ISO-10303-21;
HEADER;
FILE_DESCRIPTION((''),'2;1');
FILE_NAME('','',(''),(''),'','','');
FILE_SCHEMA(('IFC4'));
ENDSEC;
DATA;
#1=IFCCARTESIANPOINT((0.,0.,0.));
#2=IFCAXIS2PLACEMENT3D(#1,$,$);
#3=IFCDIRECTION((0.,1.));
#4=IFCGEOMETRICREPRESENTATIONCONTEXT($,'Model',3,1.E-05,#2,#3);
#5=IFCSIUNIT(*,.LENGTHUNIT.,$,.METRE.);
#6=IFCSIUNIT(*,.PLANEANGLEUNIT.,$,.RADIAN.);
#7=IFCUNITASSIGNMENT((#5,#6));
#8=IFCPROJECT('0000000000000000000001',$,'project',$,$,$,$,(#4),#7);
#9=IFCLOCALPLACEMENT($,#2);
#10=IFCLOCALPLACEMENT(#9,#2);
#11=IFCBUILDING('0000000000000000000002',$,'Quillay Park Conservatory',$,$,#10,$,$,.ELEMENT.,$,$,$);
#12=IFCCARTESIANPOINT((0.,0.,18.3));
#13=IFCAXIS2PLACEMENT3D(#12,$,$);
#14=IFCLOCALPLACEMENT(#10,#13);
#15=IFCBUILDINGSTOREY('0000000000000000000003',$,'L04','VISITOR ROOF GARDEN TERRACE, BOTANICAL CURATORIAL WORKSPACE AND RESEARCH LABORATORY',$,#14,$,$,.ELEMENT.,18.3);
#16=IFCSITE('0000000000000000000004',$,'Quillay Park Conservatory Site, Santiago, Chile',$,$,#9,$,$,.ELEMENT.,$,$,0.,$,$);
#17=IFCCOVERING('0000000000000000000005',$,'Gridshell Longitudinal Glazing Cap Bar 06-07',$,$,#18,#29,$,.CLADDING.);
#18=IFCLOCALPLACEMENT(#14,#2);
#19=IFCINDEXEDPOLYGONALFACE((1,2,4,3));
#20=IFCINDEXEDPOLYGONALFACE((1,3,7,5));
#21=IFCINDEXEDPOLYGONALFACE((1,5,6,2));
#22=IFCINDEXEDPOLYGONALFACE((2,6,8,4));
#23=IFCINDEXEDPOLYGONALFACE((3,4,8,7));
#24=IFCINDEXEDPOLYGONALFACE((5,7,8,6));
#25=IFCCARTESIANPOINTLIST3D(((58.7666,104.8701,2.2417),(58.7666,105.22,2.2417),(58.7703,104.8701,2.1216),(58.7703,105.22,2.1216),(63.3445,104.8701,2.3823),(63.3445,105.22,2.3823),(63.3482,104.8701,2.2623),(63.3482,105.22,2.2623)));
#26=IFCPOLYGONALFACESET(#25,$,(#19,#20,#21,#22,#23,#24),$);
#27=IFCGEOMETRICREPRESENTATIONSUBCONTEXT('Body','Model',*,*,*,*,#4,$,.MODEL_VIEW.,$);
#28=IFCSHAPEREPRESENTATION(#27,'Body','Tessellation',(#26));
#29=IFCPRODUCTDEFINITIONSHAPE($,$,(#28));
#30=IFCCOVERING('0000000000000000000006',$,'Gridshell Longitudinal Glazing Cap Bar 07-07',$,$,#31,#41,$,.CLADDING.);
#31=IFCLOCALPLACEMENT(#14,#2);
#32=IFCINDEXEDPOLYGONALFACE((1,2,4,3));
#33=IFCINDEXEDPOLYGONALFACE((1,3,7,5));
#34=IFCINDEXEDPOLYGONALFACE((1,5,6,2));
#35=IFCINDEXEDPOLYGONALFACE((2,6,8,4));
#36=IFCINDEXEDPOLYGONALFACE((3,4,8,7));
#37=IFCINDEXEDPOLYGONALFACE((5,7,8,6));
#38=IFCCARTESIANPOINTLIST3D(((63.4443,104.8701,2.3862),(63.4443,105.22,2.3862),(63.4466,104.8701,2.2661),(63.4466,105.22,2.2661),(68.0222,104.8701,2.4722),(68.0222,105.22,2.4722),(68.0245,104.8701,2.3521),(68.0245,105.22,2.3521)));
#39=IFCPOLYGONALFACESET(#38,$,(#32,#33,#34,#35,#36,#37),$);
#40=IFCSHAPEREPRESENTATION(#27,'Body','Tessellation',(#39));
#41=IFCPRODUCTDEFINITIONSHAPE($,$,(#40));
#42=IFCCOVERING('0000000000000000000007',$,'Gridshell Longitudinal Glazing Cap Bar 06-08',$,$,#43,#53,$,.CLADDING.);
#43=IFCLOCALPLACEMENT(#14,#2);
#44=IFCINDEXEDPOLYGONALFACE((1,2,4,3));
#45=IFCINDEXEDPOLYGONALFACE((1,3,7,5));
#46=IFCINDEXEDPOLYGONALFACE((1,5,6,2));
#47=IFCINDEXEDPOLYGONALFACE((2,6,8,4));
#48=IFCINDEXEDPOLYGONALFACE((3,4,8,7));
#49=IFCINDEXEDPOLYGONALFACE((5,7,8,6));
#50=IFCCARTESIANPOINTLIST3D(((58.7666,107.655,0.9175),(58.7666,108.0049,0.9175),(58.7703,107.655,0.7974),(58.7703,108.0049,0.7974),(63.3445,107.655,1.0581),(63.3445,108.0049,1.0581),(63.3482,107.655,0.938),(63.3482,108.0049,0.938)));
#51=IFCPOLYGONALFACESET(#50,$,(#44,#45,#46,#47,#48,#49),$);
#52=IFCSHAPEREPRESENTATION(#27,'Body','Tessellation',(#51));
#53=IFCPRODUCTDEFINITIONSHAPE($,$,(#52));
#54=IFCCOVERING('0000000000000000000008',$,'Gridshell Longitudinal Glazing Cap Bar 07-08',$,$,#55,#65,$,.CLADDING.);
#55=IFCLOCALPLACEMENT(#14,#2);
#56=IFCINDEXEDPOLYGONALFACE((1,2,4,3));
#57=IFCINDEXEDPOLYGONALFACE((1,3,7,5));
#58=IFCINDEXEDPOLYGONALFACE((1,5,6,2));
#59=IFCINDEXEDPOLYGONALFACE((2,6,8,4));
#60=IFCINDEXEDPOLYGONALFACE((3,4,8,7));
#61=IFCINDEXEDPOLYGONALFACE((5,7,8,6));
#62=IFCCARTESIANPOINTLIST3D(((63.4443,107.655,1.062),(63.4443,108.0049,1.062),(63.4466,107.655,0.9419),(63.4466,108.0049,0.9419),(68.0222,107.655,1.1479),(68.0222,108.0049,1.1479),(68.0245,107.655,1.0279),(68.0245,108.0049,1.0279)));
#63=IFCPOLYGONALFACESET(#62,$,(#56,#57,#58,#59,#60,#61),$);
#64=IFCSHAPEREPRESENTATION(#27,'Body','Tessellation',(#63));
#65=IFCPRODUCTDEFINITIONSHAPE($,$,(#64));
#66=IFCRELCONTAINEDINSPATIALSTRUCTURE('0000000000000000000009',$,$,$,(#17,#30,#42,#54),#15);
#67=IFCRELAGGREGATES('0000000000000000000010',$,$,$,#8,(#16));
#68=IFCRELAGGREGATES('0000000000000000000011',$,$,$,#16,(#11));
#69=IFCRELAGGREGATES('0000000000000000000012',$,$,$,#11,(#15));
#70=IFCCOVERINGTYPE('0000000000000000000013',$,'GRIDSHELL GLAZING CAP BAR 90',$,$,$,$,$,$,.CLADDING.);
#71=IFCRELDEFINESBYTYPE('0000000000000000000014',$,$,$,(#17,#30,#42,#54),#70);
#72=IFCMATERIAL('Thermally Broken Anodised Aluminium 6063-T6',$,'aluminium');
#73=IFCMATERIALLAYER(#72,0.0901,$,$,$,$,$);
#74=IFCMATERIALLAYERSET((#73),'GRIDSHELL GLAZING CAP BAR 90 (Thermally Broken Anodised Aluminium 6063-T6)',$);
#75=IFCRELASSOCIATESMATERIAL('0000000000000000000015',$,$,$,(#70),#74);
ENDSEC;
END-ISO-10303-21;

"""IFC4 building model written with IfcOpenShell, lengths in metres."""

from ifc_helpers import new_model, si_unit, direction, frame, origin, place, context, subcontext, project, spatial, polyline, outline, extrude, material, layer, layer_set, type_object, element, save


model = new_model("IFC4")

# Units and contexts
model_context = context("Model", 3, precision=1e-05, world=origin(), true_north=direction((0.0, 1.0)))
body_context = subcontext(model_context, "Body", "Model", "MODEL_VIEW")
ifc_project = project(units=[si_unit("LENGTHUNIT", "METRE"), si_unit("PLANEANGLEUNIT", "RADIAN")], contexts=[model_context])

# Site, building, storey
site_placement = place(None, origin())
site = spatial("IfcSite", under=ifc_project, at=site_placement, Name="Quillay Park Conservatory Site, Santiago, Chile", CompositionType="ELEMENT", RefElevation=0.0)
building_placement = place(site_placement, origin())
building = spatial("IfcBuilding", under=site, at=building_placement, Name="Quillay Park Conservatory", CompositionType="ELEMENT")
storey_placement = place(building_placement, frame((0.0, 0.0, 18.3)))
storey = spatial("IfcBuildingStorey", under=building, at=storey_placement, Name="L04", Description="VISITOR ROOF GARDEN TERRACE, BOTANICAL CURATORIAL WORKSPACE AND RESEARCH LABORATORY", CompositionType="ELEMENT", Elevation=18.3)

# Coverings
ifc_material_1 = material(Name="Thermally Broken Anodised Aluminium 6063-T6", Category="aluminium")
ifc_layer_1 = layer(ifc_material_1, 0.0901)
ifc_layer_set_1 = layer_set([ifc_layer_1], Name="GRIDSHELL GLAZING CAP BAR 90 (Thermally Broken Anodised Aluminium 6063-T6)")
covering_type = type_object("IfcCoveringType", Name="GRIDSHELL GLAZING CAP BAR 90", PredefinedType="CLADDING", material=ifc_layer_set_1)
covering_1_placement = place(storey_placement, frame((58.7666, 104.8701, 2.2417), z_axis=(-0.030704, 0.0, 0.999529), x_axis=(0.999529, 0.0, 0.030704)))
element("IfcCovering", 1, at=covering_1_placement, inside=storey, type_object=covering_type, Name="Gridshell Longitudinal Glazing Cap Bar 06-07", PredefinedType="CLADDING", context=body_context, shape_type="SweptSolid", body=[
    extrude(outline(polyline([(0.0, 0.0), (4.58, 0.0), (4.58, 0.3499), (0.0, 0.3499), (0.0, 0.0)])), origin(), (0.0, 0.0, -1.0), 0.1201),
])
covering_2_placement = place(storey_placement, frame((63.4443, 104.8701, 2.3862), z_axis=(-0.018769, 0.0, 0.999824), x_axis=(0.999824, 0.0, 0.018769)))
element("IfcCovering", 2, at=covering_2_placement, inside=storey, type_object=covering_type, Name="Gridshell Longitudinal Glazing Cap Bar 07-07", PredefinedType="CLADDING", context=body_context, shape_type="SweptSolid", body=[
    extrude(outline(polyline([(0.0, 0.0), (4.5787, 0.0), (4.5787, 0.3499), (0.0, 0.3499), (0.0, 0.0)])), origin(), (0.0, 0.0, -1.0), 0.1201),
])
covering_3_placement = place(storey_placement, frame((58.7666, 107.655, 0.9175), z_axis=(-0.030704, 0.0, 0.999529), x_axis=(0.999529, 0.0, 0.030704)))
element("IfcCovering", 3, at=covering_3_placement, inside=storey, type_object=covering_type, Name="Gridshell Longitudinal Glazing Cap Bar 06-08", PredefinedType="CLADDING", context=body_context, shape_type="SweptSolid", body=[
    extrude(outline(polyline([(0.0, 0.0), (4.58, 0.0), (4.58, 0.3499), (0.0, 0.3499), (0.0, 0.0)])), origin(), (0.0, 0.0, -1.0), 0.1201),
])
covering_4_placement = place(storey_placement, frame((63.4443, 107.655, 1.062), z_axis=(-0.018769, 0.0, 0.999824), x_axis=(0.999824, 0.0, 0.018769)))
element("IfcCovering", 4, at=covering_4_placement, inside=storey, type_object=covering_type, Name="Gridshell Longitudinal Glazing Cap Bar 07-08", PredefinedType="CLADDING", context=body_context, shape_type="SweptSolid", body=[
    extrude(outline(polyline([(0.0, 0.0), (4.5787, 0.0), (4.5787, 0.3499), (0.0, 0.3499), (0.0, 0.0)])), origin(), (0.0, 0.0, -1.0), 0.1201),
])

save(model, "model.ifc")
